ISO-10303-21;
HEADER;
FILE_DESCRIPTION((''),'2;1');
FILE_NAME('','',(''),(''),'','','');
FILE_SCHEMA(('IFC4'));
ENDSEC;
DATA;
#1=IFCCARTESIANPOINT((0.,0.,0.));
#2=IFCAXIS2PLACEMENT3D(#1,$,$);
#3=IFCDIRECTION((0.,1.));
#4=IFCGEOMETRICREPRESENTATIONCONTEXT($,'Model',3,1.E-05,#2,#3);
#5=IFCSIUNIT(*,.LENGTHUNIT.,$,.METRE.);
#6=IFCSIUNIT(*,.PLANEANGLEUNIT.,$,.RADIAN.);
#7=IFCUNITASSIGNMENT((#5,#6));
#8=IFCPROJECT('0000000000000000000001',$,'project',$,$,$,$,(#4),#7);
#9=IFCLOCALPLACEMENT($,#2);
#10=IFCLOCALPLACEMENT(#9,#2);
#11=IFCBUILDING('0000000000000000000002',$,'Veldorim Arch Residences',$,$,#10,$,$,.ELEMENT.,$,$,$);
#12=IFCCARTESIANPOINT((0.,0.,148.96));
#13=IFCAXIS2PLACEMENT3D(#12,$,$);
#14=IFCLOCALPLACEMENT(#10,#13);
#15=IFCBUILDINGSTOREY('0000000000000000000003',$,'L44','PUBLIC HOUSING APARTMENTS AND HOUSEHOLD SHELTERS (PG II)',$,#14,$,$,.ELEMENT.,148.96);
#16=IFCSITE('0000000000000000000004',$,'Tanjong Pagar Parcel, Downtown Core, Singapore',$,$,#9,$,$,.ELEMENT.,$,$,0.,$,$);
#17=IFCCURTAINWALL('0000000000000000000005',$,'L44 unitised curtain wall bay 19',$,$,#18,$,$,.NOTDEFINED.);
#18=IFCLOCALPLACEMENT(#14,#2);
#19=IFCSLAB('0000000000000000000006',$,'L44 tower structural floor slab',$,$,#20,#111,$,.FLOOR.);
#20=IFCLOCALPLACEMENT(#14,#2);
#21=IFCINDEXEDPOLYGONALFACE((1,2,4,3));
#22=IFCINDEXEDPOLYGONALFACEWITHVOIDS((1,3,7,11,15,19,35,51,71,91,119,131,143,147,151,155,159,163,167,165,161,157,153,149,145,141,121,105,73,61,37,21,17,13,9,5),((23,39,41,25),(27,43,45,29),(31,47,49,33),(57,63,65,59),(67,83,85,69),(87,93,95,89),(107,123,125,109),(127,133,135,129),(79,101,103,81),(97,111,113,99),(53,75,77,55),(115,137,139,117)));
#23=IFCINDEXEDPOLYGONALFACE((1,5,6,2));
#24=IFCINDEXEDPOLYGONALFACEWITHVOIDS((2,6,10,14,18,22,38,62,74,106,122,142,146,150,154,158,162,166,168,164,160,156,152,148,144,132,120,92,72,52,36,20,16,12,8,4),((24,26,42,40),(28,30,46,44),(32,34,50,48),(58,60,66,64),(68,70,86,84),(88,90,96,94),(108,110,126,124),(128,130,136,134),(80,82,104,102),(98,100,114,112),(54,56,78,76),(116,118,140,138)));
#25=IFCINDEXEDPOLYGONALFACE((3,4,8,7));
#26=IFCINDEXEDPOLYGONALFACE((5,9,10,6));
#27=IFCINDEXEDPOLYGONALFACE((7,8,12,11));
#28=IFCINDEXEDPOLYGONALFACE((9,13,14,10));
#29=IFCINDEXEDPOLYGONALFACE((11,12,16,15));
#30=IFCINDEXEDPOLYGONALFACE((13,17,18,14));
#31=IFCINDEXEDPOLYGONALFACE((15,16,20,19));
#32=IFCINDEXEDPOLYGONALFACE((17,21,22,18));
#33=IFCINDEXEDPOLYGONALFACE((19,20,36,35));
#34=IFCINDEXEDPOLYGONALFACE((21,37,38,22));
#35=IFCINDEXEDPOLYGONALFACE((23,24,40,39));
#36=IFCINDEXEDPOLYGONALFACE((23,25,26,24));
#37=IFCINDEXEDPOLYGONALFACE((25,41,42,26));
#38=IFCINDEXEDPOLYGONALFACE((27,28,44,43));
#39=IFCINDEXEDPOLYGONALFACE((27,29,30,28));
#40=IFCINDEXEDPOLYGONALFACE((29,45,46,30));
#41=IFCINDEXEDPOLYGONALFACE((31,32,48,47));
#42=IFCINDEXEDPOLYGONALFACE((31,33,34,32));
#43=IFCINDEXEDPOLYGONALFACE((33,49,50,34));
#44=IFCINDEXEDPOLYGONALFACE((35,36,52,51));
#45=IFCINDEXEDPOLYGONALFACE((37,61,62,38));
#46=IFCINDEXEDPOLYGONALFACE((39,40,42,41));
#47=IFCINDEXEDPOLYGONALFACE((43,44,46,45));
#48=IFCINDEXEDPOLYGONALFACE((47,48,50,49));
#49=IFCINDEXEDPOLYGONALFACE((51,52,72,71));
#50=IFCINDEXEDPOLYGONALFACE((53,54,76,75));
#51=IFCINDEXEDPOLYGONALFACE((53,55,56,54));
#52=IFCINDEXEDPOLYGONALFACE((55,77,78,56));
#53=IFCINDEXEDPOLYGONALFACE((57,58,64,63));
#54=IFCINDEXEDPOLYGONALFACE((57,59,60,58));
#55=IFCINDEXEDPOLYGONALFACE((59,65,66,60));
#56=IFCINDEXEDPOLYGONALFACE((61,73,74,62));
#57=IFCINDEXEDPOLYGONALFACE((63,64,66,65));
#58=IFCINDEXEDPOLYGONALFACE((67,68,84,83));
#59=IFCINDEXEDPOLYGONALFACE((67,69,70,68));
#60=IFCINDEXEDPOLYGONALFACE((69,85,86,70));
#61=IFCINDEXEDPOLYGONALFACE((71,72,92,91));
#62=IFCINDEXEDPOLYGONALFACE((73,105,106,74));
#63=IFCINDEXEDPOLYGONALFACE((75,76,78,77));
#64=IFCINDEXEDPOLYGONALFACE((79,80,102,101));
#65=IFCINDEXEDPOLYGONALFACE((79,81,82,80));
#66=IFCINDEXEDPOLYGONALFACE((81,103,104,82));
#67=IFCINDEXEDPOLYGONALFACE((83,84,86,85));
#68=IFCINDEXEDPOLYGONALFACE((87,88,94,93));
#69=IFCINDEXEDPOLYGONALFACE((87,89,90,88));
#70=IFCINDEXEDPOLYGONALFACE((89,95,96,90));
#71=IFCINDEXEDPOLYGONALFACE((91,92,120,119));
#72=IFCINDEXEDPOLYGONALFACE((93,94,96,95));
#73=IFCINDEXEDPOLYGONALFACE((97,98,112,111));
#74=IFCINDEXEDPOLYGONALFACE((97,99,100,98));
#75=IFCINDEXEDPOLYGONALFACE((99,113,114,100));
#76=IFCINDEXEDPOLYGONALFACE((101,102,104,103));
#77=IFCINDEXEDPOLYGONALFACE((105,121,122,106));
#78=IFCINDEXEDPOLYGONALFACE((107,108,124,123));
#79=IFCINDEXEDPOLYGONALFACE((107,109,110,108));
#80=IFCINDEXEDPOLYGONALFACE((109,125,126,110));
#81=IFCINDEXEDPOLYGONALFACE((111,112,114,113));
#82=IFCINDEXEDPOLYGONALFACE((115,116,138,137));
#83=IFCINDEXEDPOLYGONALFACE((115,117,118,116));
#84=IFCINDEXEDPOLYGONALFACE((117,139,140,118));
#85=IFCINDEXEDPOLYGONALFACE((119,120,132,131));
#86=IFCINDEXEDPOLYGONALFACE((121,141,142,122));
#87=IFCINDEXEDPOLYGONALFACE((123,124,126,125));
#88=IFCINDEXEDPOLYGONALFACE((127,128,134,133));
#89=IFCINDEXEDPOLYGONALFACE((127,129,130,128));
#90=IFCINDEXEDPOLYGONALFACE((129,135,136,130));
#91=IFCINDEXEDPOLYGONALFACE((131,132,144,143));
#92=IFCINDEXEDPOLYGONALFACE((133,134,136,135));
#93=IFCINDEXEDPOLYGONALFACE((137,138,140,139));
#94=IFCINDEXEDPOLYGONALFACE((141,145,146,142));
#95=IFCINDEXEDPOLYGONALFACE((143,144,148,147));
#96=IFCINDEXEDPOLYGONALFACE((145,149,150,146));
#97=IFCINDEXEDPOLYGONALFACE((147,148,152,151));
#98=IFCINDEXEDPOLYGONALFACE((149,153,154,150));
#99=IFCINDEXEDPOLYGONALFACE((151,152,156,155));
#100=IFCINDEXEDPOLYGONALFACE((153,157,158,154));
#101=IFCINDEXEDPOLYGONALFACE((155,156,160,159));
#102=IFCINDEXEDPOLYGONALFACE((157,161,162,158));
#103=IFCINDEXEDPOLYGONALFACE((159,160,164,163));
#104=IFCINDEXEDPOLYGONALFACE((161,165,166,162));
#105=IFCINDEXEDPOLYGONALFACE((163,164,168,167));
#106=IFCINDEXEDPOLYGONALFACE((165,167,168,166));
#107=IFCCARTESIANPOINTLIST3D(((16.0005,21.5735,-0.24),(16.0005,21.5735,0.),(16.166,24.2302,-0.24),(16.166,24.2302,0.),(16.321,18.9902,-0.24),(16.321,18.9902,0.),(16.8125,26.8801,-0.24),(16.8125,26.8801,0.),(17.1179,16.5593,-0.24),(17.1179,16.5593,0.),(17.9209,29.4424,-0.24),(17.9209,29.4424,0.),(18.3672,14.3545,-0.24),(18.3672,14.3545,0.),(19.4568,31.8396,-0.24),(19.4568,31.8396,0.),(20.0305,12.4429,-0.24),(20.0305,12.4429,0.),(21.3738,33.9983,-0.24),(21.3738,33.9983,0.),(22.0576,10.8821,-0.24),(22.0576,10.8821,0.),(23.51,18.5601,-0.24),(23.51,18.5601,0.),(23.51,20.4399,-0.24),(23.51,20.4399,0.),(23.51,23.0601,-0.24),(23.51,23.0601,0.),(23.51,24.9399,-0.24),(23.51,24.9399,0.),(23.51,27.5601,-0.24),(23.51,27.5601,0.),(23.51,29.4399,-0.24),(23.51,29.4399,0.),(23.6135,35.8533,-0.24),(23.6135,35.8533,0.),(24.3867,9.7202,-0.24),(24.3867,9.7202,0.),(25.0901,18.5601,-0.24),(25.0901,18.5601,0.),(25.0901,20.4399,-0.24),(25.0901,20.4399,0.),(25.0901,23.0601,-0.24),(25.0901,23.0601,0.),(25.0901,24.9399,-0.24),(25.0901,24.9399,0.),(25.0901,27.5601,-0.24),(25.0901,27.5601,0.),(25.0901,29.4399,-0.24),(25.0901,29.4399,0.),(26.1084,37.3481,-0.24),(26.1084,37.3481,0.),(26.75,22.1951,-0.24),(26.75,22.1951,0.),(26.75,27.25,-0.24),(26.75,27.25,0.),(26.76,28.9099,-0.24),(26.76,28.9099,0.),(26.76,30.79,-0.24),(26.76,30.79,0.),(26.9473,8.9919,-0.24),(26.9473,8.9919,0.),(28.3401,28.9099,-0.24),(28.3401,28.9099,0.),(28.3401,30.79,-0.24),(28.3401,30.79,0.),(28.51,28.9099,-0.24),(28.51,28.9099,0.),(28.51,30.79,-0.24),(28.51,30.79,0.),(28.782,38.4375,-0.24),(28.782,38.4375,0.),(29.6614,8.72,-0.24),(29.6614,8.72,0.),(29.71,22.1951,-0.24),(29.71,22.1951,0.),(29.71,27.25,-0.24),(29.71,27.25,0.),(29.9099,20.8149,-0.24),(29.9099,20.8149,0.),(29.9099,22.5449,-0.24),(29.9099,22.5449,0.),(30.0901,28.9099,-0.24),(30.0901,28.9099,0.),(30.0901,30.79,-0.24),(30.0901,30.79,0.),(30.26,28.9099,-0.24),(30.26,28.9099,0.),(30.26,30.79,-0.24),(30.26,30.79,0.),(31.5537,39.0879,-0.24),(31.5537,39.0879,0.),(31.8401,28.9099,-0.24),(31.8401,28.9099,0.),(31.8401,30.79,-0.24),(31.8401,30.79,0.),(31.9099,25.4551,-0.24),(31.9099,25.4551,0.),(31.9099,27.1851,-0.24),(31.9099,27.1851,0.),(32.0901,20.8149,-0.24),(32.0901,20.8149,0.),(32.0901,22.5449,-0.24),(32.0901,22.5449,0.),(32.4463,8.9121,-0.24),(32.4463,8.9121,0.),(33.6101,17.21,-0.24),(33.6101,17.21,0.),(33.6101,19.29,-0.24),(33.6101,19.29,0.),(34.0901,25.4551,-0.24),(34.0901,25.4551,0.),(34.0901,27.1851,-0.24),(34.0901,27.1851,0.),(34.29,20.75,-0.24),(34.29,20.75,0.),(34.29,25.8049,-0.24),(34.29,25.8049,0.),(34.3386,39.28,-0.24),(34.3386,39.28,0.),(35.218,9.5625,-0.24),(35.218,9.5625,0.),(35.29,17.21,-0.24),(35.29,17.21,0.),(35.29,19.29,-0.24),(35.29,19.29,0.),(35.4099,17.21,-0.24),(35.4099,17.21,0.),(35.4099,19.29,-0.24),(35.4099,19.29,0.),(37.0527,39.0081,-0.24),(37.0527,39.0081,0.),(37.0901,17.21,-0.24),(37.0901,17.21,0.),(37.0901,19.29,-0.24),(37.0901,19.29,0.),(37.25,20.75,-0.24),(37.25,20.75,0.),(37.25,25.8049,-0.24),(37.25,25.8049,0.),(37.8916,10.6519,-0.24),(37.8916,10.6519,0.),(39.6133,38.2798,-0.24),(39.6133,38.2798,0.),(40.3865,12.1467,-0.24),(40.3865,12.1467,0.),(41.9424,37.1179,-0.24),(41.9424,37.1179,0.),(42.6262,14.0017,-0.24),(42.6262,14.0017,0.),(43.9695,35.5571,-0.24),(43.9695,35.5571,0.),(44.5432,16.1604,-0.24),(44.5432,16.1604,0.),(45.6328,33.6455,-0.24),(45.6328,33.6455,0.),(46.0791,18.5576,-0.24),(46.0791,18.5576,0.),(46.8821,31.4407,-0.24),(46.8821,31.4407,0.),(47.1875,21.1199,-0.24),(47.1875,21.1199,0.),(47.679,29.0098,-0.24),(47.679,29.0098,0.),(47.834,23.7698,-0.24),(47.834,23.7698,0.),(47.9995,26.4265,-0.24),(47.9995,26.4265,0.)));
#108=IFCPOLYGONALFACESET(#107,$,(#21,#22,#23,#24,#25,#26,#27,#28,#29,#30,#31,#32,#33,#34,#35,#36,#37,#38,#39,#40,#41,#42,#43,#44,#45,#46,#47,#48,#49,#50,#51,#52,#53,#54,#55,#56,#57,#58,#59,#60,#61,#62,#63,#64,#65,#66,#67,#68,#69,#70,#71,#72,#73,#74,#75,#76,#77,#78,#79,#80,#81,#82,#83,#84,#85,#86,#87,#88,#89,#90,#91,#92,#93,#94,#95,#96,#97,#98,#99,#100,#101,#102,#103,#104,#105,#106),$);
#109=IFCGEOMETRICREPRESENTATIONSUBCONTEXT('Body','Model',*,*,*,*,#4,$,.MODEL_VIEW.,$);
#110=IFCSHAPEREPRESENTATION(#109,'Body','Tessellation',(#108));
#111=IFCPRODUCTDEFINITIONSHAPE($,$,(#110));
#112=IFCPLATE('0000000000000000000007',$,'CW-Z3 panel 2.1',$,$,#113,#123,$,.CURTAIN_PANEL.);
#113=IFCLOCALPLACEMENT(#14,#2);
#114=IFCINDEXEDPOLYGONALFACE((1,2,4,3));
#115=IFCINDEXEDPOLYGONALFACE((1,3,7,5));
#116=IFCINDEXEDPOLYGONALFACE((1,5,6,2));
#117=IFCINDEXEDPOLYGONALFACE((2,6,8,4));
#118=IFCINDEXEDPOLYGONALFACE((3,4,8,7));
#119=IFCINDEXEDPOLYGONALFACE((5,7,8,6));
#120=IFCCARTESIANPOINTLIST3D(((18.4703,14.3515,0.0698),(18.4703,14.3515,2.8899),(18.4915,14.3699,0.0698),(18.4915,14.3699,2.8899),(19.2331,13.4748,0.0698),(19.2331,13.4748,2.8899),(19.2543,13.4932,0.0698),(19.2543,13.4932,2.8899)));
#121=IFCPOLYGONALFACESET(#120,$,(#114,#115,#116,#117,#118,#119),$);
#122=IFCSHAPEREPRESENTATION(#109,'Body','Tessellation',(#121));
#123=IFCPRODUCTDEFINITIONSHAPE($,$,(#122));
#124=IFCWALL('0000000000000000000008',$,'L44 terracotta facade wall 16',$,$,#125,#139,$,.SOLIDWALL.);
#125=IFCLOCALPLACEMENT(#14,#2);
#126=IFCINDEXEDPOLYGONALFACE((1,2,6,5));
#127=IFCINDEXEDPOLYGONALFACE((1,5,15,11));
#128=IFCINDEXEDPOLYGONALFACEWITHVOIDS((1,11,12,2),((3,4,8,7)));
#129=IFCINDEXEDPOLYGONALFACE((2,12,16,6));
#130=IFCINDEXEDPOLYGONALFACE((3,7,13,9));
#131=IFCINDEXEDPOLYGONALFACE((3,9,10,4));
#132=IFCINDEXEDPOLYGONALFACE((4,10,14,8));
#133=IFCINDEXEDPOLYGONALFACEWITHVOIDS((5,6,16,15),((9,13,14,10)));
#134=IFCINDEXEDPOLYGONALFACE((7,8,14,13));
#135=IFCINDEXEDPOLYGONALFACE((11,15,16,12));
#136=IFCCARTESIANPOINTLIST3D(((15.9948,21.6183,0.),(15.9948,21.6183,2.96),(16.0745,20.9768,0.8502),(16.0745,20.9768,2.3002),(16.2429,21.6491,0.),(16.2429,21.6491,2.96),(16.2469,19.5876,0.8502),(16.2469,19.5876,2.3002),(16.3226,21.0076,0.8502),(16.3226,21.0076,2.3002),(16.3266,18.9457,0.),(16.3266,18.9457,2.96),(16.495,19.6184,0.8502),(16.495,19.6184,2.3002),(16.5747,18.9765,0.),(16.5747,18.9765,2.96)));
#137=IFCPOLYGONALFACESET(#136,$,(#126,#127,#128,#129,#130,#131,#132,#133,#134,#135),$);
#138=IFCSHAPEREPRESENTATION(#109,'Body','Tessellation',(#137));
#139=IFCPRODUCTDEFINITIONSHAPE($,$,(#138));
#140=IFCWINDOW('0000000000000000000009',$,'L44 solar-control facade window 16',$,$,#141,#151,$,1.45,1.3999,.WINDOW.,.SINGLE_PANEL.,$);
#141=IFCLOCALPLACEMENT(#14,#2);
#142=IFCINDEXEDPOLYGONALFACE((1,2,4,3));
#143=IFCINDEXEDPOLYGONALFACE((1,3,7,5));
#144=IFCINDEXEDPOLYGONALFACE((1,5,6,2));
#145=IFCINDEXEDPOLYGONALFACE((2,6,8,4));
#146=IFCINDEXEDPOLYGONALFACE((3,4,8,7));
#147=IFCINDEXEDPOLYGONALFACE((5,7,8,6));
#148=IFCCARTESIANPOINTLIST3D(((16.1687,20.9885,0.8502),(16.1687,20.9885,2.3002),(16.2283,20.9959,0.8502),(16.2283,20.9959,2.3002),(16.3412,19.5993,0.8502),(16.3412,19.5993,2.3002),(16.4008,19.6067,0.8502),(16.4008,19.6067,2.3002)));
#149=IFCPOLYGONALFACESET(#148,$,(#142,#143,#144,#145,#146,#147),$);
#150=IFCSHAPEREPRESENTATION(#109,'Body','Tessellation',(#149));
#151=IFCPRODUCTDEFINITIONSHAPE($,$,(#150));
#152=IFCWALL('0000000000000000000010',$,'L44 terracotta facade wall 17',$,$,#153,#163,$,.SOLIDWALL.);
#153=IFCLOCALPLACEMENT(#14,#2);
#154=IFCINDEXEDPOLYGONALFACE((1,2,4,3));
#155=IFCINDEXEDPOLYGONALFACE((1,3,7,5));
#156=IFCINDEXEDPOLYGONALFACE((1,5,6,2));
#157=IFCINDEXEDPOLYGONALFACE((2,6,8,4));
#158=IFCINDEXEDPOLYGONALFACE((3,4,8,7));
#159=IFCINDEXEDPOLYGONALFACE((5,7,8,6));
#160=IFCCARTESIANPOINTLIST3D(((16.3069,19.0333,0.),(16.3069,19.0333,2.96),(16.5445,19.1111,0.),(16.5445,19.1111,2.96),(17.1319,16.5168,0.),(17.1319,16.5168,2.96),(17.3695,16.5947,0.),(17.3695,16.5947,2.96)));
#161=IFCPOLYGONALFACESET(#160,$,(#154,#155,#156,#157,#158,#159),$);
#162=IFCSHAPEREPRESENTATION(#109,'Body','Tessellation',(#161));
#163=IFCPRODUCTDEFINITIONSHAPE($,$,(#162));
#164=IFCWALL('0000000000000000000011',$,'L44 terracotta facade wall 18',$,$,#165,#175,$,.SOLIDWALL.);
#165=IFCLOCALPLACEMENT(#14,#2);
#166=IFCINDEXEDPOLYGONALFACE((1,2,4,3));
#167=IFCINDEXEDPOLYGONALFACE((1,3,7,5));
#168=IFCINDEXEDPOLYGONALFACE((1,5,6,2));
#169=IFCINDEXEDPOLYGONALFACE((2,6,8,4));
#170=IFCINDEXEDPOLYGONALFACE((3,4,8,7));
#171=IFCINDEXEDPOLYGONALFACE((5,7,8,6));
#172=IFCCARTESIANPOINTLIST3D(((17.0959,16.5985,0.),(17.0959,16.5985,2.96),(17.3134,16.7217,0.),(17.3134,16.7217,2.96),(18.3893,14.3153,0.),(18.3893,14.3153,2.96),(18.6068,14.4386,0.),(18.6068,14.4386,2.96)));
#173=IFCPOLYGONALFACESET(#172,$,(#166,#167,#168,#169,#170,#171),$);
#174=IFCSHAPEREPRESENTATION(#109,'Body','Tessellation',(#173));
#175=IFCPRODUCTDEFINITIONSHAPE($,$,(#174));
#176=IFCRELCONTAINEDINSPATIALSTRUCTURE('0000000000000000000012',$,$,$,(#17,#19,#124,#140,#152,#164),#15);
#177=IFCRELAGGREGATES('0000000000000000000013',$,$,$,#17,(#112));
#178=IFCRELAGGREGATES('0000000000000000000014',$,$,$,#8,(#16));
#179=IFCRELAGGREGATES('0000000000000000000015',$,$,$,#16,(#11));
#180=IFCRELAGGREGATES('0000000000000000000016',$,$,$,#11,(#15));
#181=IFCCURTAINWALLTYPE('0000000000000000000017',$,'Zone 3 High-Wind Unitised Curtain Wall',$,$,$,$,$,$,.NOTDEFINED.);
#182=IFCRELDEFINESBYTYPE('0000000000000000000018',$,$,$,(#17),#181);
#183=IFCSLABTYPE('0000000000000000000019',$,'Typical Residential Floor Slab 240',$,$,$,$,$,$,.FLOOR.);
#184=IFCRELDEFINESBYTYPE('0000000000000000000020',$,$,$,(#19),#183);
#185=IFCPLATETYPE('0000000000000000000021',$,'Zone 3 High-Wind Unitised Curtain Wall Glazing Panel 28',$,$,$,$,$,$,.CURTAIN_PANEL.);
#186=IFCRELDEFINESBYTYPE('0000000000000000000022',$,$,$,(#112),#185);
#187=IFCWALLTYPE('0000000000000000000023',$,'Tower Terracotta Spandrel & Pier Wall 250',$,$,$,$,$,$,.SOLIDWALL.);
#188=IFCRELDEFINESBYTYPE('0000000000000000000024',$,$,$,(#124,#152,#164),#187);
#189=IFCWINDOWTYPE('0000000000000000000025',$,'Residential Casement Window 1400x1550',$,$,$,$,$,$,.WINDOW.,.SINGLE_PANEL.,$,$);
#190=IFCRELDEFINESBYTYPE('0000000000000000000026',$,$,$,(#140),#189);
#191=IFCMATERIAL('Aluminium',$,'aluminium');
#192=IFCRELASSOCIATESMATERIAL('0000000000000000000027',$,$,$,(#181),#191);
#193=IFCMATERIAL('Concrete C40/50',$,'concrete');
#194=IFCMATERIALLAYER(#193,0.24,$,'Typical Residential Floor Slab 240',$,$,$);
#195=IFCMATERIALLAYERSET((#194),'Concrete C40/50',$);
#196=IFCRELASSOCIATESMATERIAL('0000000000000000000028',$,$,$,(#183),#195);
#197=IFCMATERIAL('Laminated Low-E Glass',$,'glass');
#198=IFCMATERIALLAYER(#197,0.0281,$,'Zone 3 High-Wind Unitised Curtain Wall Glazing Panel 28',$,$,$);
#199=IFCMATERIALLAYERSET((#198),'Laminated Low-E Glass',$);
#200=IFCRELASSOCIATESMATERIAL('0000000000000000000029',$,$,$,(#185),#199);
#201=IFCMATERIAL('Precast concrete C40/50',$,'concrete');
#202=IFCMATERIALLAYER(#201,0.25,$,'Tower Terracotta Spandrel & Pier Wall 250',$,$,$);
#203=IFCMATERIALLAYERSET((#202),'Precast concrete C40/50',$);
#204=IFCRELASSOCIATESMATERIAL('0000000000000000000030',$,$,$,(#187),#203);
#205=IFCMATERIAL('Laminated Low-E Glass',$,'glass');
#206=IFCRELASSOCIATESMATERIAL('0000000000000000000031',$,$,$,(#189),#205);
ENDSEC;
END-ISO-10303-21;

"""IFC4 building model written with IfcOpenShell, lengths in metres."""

from ifc_helpers import new_model, si_unit, direction, frame, frame_2d, origin, origin_2d, place, context, subcontext, project, spatial, polyline, rectangle, outline, extrude, material, layer, layer_set, type_object, element, fill, aggregate, save


model = new_model("IFC4")

# Units and contexts
model_context = context("Model", 3, precision=1e-05, world=origin(), true_north=direction((0.0, 1.0)))
body_context = subcontext(model_context, "Body", "Model", "MODEL_VIEW")
ifc_project = project(units=[si_unit("LENGTHUNIT", "METRE"), si_unit("PLANEANGLEUNIT", "RADIAN")], contexts=[model_context])

# Site, building, storey
site_placement = place(None, origin())
site = spatial("IfcSite", under=ifc_project, at=site_placement, Name="Tanjong Pagar Parcel, Downtown Core, Singapore", CompositionType="ELEMENT", RefElevation=0.0)
building_placement = place(site_placement, origin())
building = spatial("IfcBuilding", under=site, at=building_placement, Name="Veldorim Arch Residences", CompositionType="ELEMENT")
storey_placement = place(building_placement, frame((0.0, 0.0, 148.96)))
storey = spatial("IfcBuildingStorey", under=building, at=storey_placement, Name="L44", Description="PUBLIC HOUSING APARTMENTS AND HOUSEHOLD SHELTERS (PG II)", CompositionType="ELEMENT", Elevation=148.96)

# Curtain wall
ifc_material_1 = material(Name="Aluminium", Category="aluminium")
curtain_wall_type = type_object("IfcCurtainWallType", Name="Zone 3 High-Wind Unitised Curtain Wall", PredefinedType="NOTDEFINED", material=ifc_material_1)
curtain_wall_placement = place(storey_placement, origin())
curtain_wall = element("IfcCurtainWall", 1, at=curtain_wall_placement, inside=storey, type_object=curtain_wall_type, Name="L44 unitised curtain wall bay 19", PredefinedType="NOTDEFINED")

# Slab
ifc_material_2 = material(Name="Concrete C40/50", Category="concrete")
ifc_layer_1 = layer(ifc_material_2, 0.24, Name="Typical Residential Floor Slab 240")
ifc_layer_set_1 = layer_set([ifc_layer_1], Name="Concrete C40/50")
slab_type_1 = type_object("IfcSlabType", Name="Typical Residential Floor Slab 240", PredefinedType="FLOOR", material=ifc_layer_set_1)
slab_1_placement = place(storey_placement, frame((0.0, 0.0, -0.24)))
element("IfcSlab", 2, at=slab_1_placement, inside=storey, type_object=slab_type_1, Name="L44 tower structural floor slab", PredefinedType="FLOOR", context=body_context, shape_type="SweptSolid", body=[
    extrude(outline(polyline([(45.6328, 33.6455), (43.9695, 35.5571), (41.9424, 37.1179), (39.6133, 38.2798), (37.0527, 39.0081), (34.3386, 39.28), (31.5537, 39.0879), (28.782, 38.4375), (26.1084, 37.3481), (23.6135, 35.8533), (21.3738, 33.9983), (19.4568, 31.8396), (17.9209, 29.4424), (16.8125, 26.8801), (16.166, 24.2302), (16.0005, 21.5735), (16.321, 18.9902), (17.1179, 16.5593), (18.3672, 14.3545), (20.0305, 12.4429), (22.0576, 10.8821), (24.3867, 9.7202), (26.9473, 8.9919), (29.6614, 8.72), (32.4463, 8.9121), (35.218, 9.5625), (37.8916, 10.6519), (40.3865, 12.1467), (42.6262, 14.0017), (44.5432, 16.1604), (46.0791, 18.5576), (47.1875, 21.1199), (47.834, 23.7698), (47.9995, 26.4265), (47.679, 29.0098), (46.8821, 31.4407), (45.6328, 33.6455)]), holes=[polyline([(23.51, 18.5601), (23.51, 20.4399), (25.0901, 20.4399), (25.0901, 18.5601), (23.51, 18.5601)]), polyline([(23.51, 24.9399), (25.0901, 24.9399), (25.0901, 23.0601), (23.51, 23.0601), (23.51, 24.9399)]), polyline([(26.75, 27.25), (29.71, 27.25), (29.71, 22.1951), (26.75, 22.1951), (26.75, 27.25)]), polyline([(23.51, 27.5601), (23.51, 29.4399), (25.0901, 29.4399), (25.0901, 27.5601), (23.51, 27.5601)]), polyline([(26.76, 30.79), (28.3401, 30.79), (28.3401, 28.9099), (26.76, 28.9099), (26.76, 30.79)]), polyline([(28.51, 30.79), (30.0901, 30.79), (30.0901, 28.9099), (28.51, 28.9099), (28.51, 30.79)]), polyline([(33.6101, 17.21), (33.6101, 19.29), (35.29, 19.29), (35.29, 17.21), (33.6101, 17.21)]), polyline([(35.4099, 19.29), (37.0901, 19.29), (37.0901, 17.21), (35.4099, 17.21), (35.4099, 19.29)]), polyline([(29.9099, 22.5449), (32.0901, 22.5449), (32.0901, 20.8149), (29.9099, 20.8149), (29.9099, 22.5449)]), polyline([(34.29, 20.75), (34.29, 25.8049), (37.25, 25.8049), (37.25, 20.75), (34.29, 20.75)]), polyline([(31.9099, 27.1851), (34.0901, 27.1851), (34.0901, 25.4551), (31.9099, 25.4551), (31.9099, 27.1851)]), polyline([(30.26, 30.79), (31.8401, 30.79), (31.8401, 28.9099), (30.26, 28.9099), (30.26, 30.79)])]), origin(), (0.0, 0.0, 1.0), 0.24),
])

# Plate
ifc_material_3 = material(Name="Laminated Low-E Glass", Category="glass")
ifc_layer_2 = layer(ifc_material_3, 0.0281, Name="Zone 3 High-Wind Unitised Curtain Wall Glazing Panel 28")
ifc_layer_set_2 = layer_set([ifc_layer_2], Name="Laminated Low-E Glass")
plate_type = type_object("IfcPlateType", Name="Zone 3 High-Wind Unitised Curtain Wall Glazing Panel 28", PredefinedType="CURTAIN_PANEL", material=ifc_layer_set_2)
plate_placement = place(storey_placement, frame((18.8623, 13.9224, 0.0698), z_axis=(0.0, 0.0, 1.0), x_axis=(-0.656415, 0.7544, 0.0)))
plate = element("IfcPlate", 3, at=plate_placement, type_object=plate_type, Name="CW-Z3 panel 2.1", PredefinedType="CURTAIN_PANEL", context=body_context, shape_type="SweptSolid", body=[
    extrude(rectangle(XDim=1.1621, YDim=0.0281, at=origin_2d()), origin(), (0.0, 0.0, 1.0), 2.8201),
])
aggregate(curtain_wall, [plate])

# Wall, opening, window
ifc_material_4 = material(Name="Precast concrete C40/50", Category="concrete")
ifc_layer_3 = layer(ifc_material_4, 0.25, Name="Tower Terracotta Spandrel & Pier Wall 250")
ifc_layer_set_3 = layer_set([ifc_layer_3], Name="Precast concrete C40/50")
wall_type = type_object("IfcWallType", Name="Tower Terracotta Spandrel & Pier Wall 250", PredefinedType="SOLIDWALL", material=ifc_layer_set_3)
wall_1_placement = place(storey_placement, frame((16.4507, 18.9609, 0.0), z_axis=(0.0, 0.0, 1.0), x_axis=(-0.123198, 0.992382, 0.0)))
wall_1 = element("IfcWall", 4, at=wall_1_placement, inside=storey, type_object=wall_type, Name="L44 terracotta facade wall 16", PredefinedType="SOLIDWALL", context=body_context, shape_type="SweptSolid", body=[
    extrude(rectangle(XDim=2.6931, YDim=0.25, at=frame_2d((1.3467, 0.0))), origin(), (0.0, 0.0, 1.0), 2.96),
])
opening_placement = place(wall_1_placement, frame((0.647, 0.0, 0.8501)))
opening = element("IfcOpeningElement", 5, at=opening_placement, cuts=wall_1, PredefinedType="OPENING", context=body_context, shape_type="SweptSolid", body=[
    extrude(rectangle(XDim=1.3999, YDim=1.45, at=frame_2d((0.7, 0.7251))), frame((0.0, 0.135, 0.0), z_axis=(0.0, -1.0, 0.0), x_axis=(1.0, 0.0, 0.0)), (0.0, 0.0, 1.0), 0.27),
])
ifc_material_5 = material(Name="Laminated Low-E Glass", Category="glass")
window_type = type_object("IfcWindowType", Name="Residential Casement Window 1400x1550", PartitioningType="SINGLE_PANEL", PredefinedType="WINDOW", material=ifc_material_5)
window_placement = place(opening_placement, origin())
window = element("IfcWindow", 6, at=window_placement, inside=storey, type_object=window_type, Name="L44 solar-control facade window 16", OverallHeight=1.45, OverallWidth=1.3999, PartitioningType="SINGLE_PANEL", PredefinedType="WINDOW", context=body_context, shape_type="SweptSolid", body=[
    extrude(rectangle(XDim=1.3999, YDim=1.45, at=frame_2d((0.7, 0.7251))), frame((0.0, 0.03, 0.0), z_axis=(0.0, -1.0, 0.0), x_axis=(1.0, 0.0, 0.0)), (0.0, 0.0, 1.0), 0.0601),
])
fill(opening, window)

# Walls
wall_2_placement = place(storey_placement, frame((17.2507, 16.5557, 0.0), z_axis=(0.0, 0.0, 1.0), x_axis=(-0.311522, 0.950239, 0.0)))
element("IfcWall", 7, at=wall_2_placement, inside=storey, type_object=wall_type, Name="L44 terracotta facade wall 17", PredefinedType="SOLIDWALL", context=body_context, shape_type="SweptSolid", body=[
    extrude(rectangle(XDim=2.6482, YDim=0.25, at=frame_2d((1.3242, 0.0))), origin(), (0.0, 0.0, 1.0), 2.96),
])
wall_3_placement = place(storey_placement, frame((18.498, 14.377, 0.0), z_axis=(0.0, 0.0, 1.0), x_axis=(-0.492909, 0.870081, 0.0)))
element("IfcWall", 8, at=wall_3_placement, inside=storey, type_object=wall_type, Name="L44 terracotta facade wall 18", PredefinedType="SOLIDWALL", context=body_context, shape_type="SweptSolid", body=[
    extrude(rectangle(XDim=2.624, YDim=0.25, at=frame_2d((1.312, 0.0))), origin(), (0.0, 0.0, 1.0), 2.96),
])

save(model, "model.ifc")
